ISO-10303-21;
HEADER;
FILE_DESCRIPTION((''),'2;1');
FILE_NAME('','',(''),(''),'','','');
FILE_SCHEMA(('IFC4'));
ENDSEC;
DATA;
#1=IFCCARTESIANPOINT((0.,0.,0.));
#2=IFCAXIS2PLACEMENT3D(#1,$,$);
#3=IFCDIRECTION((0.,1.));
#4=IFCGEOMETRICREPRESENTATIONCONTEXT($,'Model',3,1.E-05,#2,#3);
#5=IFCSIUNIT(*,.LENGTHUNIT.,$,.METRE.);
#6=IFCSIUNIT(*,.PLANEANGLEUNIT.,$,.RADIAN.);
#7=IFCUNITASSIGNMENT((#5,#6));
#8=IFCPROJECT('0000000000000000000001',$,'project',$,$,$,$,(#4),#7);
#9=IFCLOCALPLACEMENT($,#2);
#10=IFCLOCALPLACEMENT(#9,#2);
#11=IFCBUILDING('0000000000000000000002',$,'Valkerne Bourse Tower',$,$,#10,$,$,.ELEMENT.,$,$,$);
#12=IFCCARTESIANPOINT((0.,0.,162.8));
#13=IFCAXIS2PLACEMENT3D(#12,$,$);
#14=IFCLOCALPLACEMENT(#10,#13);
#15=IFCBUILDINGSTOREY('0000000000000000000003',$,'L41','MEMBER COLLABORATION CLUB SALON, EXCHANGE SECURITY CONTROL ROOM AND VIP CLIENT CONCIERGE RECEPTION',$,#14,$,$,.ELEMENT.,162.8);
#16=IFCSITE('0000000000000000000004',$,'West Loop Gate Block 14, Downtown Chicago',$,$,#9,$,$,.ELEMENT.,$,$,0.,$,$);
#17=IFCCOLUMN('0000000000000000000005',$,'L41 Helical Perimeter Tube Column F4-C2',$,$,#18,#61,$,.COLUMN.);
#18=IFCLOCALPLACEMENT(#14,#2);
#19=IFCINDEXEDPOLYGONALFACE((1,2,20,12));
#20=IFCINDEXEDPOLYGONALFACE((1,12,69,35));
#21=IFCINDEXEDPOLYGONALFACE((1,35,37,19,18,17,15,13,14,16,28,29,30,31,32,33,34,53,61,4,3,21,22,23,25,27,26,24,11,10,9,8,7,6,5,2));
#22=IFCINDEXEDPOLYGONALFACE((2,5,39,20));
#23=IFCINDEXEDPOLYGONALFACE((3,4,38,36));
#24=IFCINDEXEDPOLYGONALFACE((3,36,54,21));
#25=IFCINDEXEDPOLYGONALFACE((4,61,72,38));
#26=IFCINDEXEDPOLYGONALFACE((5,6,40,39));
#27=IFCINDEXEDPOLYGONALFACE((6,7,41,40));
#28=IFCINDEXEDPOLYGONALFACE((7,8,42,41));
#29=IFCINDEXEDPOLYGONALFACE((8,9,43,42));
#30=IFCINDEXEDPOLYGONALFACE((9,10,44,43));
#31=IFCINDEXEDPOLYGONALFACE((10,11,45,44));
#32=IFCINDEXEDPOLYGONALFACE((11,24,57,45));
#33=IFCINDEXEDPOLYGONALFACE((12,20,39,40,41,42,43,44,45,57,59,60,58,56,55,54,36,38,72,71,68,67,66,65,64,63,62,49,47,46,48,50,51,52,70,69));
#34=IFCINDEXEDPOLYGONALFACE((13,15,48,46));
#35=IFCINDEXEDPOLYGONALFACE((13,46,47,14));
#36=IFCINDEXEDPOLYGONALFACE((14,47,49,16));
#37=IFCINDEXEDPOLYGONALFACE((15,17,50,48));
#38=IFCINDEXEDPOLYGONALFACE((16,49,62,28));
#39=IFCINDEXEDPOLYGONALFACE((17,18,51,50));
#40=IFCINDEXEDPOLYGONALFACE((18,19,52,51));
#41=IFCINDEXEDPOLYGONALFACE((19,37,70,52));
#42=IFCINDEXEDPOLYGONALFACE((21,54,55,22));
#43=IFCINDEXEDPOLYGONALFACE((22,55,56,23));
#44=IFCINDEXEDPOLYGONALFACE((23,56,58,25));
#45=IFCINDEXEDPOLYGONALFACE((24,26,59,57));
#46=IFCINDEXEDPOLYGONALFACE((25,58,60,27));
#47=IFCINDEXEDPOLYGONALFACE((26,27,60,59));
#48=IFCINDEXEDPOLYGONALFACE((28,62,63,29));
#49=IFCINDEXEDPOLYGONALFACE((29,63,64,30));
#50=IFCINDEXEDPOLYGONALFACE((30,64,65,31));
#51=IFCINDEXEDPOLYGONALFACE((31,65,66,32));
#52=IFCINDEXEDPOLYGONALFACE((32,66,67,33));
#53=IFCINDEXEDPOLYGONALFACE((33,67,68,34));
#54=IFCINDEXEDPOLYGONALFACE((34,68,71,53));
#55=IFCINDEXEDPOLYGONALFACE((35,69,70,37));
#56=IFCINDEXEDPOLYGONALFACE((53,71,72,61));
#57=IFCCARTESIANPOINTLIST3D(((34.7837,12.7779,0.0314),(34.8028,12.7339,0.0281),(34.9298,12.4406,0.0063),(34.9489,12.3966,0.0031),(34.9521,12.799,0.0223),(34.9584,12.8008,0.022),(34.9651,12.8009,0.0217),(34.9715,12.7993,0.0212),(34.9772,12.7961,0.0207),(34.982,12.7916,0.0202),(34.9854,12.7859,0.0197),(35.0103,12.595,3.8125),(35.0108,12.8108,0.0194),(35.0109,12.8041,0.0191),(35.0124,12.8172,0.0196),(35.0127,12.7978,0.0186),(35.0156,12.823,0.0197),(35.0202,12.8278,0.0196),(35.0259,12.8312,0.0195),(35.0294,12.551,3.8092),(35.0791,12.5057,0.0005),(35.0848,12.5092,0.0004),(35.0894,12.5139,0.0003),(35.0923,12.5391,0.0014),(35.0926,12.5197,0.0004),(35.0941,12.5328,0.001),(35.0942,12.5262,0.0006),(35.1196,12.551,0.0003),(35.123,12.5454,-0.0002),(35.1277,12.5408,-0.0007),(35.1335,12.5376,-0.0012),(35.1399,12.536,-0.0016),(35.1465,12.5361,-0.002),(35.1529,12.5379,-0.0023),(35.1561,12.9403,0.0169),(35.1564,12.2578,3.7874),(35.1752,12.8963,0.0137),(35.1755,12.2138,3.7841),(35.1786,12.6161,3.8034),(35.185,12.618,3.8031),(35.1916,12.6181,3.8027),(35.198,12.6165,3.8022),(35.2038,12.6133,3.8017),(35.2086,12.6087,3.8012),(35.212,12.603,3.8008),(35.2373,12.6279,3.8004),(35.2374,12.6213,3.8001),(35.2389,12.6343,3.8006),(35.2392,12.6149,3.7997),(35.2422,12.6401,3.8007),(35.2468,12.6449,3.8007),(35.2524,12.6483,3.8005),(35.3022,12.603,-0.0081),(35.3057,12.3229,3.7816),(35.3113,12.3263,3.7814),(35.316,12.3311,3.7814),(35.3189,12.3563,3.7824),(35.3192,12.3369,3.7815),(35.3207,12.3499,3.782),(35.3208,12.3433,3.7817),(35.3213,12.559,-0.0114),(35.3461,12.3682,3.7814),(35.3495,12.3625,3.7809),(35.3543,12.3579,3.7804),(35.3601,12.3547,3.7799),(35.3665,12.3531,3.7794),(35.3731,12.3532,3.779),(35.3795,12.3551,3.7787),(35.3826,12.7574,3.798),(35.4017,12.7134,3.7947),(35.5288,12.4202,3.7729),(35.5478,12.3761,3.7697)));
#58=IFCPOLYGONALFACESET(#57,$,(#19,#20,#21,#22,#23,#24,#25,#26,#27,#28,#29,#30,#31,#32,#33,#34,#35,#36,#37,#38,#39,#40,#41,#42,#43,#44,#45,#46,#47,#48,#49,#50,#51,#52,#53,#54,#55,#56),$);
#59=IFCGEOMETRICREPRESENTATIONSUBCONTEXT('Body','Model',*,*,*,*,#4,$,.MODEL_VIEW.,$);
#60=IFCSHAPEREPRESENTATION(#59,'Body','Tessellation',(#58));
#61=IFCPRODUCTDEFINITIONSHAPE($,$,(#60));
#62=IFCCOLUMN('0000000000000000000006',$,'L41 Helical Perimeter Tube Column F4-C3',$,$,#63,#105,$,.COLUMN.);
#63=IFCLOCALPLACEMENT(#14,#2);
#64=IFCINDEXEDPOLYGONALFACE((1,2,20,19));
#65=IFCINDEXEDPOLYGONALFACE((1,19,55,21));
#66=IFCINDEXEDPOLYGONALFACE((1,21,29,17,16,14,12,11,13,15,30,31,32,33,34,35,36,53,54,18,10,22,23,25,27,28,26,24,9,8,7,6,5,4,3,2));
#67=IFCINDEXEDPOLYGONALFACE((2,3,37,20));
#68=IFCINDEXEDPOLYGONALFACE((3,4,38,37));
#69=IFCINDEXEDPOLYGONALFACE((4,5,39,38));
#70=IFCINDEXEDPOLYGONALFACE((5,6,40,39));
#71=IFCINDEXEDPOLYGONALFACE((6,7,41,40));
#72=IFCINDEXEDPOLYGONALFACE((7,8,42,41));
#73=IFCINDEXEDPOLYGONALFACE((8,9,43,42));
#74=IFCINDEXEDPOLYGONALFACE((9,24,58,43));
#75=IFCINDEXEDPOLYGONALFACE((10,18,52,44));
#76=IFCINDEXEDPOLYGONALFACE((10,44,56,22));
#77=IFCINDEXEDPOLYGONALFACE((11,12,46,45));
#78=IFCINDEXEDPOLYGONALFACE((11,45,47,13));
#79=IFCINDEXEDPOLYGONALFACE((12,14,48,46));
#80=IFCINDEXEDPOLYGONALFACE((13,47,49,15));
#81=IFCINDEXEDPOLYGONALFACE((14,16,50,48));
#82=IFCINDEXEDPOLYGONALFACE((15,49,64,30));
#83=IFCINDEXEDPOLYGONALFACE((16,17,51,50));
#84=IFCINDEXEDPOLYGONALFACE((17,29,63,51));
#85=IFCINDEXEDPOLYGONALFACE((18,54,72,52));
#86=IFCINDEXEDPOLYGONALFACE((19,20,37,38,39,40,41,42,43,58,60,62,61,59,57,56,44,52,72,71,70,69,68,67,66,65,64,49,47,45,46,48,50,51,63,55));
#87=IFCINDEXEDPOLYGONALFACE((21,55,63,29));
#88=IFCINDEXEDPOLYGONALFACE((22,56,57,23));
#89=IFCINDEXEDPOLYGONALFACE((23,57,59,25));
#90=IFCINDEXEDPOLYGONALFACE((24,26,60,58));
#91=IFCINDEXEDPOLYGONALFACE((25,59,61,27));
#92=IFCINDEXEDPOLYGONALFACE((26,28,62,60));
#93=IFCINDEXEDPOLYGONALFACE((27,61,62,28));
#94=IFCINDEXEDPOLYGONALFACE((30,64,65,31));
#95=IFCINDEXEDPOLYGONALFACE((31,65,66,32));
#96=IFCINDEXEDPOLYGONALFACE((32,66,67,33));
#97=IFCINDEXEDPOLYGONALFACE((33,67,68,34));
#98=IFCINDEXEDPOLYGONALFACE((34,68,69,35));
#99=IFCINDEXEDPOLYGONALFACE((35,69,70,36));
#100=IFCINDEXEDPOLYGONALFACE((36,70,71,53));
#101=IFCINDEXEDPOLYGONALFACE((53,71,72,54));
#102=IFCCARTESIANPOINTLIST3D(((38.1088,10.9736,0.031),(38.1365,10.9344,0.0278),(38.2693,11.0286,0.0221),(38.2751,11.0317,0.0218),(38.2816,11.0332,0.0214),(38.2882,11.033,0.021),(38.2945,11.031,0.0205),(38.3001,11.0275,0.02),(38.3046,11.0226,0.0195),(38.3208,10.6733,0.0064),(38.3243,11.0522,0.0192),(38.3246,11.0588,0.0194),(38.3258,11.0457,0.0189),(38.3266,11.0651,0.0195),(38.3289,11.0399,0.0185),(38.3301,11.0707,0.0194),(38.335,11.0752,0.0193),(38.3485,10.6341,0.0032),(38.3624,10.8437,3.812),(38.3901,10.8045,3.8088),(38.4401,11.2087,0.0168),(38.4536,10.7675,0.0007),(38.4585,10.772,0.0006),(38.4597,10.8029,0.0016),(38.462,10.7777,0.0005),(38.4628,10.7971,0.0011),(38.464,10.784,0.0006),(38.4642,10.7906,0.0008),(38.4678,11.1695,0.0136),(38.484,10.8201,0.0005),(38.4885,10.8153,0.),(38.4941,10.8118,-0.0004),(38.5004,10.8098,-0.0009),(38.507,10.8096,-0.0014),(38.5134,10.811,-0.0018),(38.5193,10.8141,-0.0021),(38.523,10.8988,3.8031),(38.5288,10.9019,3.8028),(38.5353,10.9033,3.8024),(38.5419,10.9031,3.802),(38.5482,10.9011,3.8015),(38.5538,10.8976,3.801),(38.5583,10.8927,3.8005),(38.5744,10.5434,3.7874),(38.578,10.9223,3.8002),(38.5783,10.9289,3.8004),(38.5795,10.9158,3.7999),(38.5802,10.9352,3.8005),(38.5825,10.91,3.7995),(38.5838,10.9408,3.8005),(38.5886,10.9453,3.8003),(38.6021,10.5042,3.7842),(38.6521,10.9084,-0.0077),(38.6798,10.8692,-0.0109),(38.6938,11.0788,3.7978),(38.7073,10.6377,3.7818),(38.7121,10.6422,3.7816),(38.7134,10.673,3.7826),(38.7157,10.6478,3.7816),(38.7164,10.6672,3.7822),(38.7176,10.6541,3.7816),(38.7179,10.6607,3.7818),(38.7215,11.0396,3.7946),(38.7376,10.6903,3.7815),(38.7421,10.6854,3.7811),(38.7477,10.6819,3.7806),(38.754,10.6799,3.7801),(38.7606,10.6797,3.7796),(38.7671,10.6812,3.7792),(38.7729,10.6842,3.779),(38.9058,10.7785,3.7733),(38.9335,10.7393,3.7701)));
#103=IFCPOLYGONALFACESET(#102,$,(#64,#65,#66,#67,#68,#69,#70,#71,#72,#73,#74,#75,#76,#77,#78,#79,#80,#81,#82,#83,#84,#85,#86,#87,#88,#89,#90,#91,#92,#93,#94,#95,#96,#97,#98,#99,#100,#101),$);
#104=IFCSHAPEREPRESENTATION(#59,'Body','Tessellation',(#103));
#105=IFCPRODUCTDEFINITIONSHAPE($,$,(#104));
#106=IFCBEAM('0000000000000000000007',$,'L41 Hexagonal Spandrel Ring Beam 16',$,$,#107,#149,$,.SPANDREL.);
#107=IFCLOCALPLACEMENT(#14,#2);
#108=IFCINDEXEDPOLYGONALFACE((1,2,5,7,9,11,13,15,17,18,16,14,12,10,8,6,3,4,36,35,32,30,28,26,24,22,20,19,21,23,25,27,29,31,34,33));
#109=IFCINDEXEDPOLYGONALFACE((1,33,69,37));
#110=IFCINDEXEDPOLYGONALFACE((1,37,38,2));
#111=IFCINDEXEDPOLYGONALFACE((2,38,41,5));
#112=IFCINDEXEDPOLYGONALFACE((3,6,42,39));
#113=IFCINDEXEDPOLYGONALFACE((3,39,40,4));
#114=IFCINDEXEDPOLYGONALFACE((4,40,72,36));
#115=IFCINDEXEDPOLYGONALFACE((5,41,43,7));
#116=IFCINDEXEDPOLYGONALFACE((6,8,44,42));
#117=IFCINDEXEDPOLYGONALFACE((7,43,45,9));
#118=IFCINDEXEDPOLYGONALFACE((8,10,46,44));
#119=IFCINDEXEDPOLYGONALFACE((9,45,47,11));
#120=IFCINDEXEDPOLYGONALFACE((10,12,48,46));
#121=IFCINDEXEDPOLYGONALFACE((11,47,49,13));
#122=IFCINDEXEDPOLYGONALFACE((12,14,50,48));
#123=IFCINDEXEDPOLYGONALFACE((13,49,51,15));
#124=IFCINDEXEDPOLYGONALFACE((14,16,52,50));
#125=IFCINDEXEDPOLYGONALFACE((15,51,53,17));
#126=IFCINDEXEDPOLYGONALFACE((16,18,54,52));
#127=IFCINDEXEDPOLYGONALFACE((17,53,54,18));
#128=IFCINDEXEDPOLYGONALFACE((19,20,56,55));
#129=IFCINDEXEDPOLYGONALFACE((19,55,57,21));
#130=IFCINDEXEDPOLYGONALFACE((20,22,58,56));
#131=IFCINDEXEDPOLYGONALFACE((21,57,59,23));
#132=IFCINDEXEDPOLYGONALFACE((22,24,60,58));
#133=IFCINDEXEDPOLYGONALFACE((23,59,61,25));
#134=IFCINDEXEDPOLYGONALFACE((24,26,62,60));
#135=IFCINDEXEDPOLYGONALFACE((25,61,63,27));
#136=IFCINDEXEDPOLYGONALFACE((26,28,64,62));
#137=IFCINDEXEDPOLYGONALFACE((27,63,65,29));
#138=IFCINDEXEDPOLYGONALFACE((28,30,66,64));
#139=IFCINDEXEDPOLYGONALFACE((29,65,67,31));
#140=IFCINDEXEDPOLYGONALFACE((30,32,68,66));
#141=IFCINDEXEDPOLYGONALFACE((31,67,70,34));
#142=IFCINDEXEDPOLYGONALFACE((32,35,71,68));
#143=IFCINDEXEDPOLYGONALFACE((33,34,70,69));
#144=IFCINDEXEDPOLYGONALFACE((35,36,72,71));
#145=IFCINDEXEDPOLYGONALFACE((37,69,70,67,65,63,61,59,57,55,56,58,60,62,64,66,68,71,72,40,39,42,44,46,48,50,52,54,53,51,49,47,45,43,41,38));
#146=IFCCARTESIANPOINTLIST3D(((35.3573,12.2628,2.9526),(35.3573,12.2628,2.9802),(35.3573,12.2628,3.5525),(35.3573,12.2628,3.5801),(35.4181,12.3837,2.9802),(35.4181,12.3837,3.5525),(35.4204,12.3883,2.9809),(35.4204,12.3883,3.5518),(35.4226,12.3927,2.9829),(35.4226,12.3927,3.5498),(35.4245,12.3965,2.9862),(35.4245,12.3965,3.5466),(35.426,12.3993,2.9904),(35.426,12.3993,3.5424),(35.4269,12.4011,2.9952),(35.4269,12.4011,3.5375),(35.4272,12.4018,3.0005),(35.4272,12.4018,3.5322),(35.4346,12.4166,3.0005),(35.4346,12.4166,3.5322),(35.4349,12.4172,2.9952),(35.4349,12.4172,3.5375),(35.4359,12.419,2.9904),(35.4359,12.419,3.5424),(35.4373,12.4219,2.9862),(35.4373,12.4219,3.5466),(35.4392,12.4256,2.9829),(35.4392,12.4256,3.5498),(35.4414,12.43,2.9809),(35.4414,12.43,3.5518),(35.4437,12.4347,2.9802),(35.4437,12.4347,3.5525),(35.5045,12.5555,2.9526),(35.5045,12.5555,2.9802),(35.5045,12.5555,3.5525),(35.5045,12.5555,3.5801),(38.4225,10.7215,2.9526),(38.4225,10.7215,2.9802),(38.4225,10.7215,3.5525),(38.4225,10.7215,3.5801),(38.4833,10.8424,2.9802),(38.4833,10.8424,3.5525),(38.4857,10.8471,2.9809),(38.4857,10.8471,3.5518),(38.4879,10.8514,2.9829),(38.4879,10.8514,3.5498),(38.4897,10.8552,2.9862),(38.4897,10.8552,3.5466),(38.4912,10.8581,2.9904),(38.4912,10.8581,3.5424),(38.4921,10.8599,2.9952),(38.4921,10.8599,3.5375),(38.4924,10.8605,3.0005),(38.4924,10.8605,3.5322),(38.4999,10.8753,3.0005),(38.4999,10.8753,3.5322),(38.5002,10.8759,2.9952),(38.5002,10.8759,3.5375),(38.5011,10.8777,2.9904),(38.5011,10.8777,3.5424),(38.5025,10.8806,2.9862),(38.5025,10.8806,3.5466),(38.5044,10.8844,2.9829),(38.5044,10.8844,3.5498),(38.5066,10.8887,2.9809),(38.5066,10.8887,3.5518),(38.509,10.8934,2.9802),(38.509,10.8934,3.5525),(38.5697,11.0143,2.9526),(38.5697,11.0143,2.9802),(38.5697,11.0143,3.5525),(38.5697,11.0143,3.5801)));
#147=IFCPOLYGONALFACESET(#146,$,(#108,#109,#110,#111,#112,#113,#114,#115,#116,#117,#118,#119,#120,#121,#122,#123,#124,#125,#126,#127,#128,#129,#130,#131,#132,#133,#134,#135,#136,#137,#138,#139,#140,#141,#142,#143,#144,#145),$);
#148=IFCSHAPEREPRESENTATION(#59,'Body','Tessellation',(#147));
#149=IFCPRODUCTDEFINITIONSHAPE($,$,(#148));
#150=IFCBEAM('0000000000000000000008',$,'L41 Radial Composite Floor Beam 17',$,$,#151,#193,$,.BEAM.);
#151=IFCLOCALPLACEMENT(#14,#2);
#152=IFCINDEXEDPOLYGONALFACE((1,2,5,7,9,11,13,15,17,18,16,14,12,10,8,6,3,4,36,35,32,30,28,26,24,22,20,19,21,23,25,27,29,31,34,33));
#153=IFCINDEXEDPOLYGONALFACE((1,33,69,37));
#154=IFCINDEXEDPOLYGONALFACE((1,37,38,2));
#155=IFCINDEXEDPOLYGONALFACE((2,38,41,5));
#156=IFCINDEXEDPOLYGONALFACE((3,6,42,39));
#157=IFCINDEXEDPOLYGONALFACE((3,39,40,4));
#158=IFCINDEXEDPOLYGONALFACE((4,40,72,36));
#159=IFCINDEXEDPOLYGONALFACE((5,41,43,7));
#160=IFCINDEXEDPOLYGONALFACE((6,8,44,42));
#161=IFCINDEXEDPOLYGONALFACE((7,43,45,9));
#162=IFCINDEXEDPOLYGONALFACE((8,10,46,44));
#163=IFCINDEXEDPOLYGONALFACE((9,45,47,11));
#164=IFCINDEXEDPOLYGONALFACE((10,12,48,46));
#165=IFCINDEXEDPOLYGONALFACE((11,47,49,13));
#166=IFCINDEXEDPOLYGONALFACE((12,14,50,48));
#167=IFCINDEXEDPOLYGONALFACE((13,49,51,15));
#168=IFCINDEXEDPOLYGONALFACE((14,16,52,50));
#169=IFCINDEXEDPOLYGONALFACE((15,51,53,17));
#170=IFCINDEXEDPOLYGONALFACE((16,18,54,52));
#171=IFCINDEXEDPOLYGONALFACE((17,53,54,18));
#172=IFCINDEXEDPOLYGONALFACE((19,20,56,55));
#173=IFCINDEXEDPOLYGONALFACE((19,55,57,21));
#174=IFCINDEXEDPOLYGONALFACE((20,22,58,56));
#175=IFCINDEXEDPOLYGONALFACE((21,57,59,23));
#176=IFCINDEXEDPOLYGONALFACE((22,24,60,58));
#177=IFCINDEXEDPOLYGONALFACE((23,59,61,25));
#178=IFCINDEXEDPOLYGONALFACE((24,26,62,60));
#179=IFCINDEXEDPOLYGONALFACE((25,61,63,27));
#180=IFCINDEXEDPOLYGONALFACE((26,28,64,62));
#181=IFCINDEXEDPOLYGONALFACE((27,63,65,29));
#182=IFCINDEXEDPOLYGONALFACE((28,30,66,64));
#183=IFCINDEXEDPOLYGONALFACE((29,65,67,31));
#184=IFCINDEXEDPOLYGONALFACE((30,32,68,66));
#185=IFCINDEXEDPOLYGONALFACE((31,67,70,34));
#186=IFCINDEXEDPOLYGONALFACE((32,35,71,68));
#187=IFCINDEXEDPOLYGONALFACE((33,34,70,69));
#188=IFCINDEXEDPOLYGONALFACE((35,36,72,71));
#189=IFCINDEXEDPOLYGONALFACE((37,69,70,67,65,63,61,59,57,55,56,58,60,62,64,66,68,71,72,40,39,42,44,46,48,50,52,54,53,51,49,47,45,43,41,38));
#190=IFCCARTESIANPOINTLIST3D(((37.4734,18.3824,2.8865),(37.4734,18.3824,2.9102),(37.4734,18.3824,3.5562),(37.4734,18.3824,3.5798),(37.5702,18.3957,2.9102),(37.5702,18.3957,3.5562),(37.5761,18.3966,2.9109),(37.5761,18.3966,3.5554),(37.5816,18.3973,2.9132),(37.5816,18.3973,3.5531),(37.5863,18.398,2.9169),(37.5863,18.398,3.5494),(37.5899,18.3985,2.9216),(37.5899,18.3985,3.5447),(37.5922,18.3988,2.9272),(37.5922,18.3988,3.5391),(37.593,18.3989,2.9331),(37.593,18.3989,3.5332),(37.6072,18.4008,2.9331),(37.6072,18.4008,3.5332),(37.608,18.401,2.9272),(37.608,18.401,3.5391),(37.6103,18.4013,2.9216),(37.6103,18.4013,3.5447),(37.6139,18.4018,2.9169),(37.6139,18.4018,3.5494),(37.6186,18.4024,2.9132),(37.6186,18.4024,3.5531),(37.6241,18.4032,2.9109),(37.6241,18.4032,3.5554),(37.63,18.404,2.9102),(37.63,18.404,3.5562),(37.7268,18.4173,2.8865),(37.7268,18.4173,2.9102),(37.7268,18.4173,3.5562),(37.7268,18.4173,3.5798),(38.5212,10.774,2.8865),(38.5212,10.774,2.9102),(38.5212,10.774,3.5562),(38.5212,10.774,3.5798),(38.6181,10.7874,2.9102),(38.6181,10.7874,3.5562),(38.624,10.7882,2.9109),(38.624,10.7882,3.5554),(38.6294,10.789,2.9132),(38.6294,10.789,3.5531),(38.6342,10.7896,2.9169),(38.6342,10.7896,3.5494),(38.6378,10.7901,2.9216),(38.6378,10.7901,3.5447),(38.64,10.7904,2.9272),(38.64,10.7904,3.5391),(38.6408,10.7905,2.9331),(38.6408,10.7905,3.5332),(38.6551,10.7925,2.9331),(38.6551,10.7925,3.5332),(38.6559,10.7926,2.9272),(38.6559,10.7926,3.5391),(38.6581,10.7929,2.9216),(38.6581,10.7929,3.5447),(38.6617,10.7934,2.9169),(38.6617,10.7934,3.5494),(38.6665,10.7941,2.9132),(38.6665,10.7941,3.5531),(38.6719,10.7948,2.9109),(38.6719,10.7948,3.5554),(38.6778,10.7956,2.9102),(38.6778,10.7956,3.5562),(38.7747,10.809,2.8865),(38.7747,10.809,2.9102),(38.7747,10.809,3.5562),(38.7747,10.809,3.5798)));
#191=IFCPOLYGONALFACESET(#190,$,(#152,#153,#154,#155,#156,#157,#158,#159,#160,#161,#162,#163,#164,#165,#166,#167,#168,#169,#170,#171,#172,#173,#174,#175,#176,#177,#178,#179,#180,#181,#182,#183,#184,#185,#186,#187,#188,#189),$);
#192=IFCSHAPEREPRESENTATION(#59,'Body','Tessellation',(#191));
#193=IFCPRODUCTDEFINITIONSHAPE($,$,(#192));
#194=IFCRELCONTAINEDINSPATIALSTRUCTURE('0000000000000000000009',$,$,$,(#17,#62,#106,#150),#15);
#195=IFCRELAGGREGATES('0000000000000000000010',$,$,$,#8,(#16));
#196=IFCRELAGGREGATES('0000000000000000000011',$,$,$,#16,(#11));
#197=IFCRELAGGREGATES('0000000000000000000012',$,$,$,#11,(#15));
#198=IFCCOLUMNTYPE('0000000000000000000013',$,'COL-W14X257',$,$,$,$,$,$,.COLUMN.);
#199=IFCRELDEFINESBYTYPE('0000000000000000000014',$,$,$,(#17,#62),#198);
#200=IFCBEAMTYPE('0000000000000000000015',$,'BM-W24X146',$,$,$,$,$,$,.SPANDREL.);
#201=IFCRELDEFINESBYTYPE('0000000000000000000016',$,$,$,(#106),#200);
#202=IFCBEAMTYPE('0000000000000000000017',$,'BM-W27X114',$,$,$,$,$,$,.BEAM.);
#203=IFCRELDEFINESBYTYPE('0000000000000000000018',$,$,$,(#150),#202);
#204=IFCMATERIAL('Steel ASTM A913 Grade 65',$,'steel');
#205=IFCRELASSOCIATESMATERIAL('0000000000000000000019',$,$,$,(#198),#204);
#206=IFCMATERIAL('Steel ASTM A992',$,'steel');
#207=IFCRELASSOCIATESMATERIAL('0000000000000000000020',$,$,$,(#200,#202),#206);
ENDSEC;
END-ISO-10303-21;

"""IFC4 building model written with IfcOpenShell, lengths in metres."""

from ifc_helpers import new_model, si_unit, direction, frame, origin, origin_2d, place, context, subcontext, project, spatial, i_section, extrude, material, material_profile, profile_set, type_object, element, save


model = new_model("IFC4")

# Units and contexts
model_context = context("Model", 3, precision=1e-05, world=origin(), true_north=direction((0.0, 1.0)))
body_context = subcontext(model_context, "Body", "Model", "MODEL_VIEW")
ifc_project = project(units=[si_unit("LENGTHUNIT", "METRE"), si_unit("PLANEANGLEUNIT", "RADIAN")], contexts=[model_context])

# Site, building, storey
site_placement = place(None, origin())
site = spatial("IfcSite", under=ifc_project, at=site_placement, Name="West Loop Gate Block 14, Downtown Chicago", CompositionType="ELEMENT", RefElevation=0.0)
building_placement = place(site_placement, origin())
building = spatial("IfcBuilding", under=site, at=building_placement, Name="Valkerne Bourse Tower", CompositionType="ELEMENT")
storey_placement = place(building_placement, frame((0.0, 0.0, 162.8)))
storey = spatial("IfcBuildingStorey", under=building, at=storey_placement, Name="L41", Description="MEMBER COLLABORATION CLUB SALON, EXCHANGE SECURITY CONTROL ROOM AND VIP CLIENT CONCIERGE RECEPTION", CompositionType="ELEMENT", Elevation=162.8)

# Columns
ifc_material_1 = material(Name="Steel ASTM A913 Grade 65", Category="steel")
ifc_material_profile_1 = material_profile(ifc_material_1, i_section(OverallWidth=0.4065, OverallDepth=0.4165, WebThickness=0.0298, FlangeThickness=0.0481, FilletRadius=0.0254, at=origin_2d()), Name="W14X257")
ifc_profile_set_1 = profile_set([ifc_material_profile_1], Name="Steel ASTM A913 Grade 65")
column_type = type_object("IfcColumnType", Name="COL-W14X257", PredefinedType="COLUMN", material=ifc_profile_set_1)
column_1_placement = place(storey_placement, frame((35.0525, 12.6685, 0.01), z_axis=(0.059744, -0.04822, 0.997048), x_axis=(0.916048, 0.399489, -0.03557)))
element("IfcColumn", 1, at=column_1_placement, inside=storey, type_object=column_type, Name="L41 Helical Perimeter Tube Column F4-C2", PredefinedType="COLUMN", context=body_context, shape_type="SweptSolid", body=[
    extrude(i_section(OverallWidth=0.4065, OverallDepth=0.4165, WebThickness=0.0298, FlangeThickness=0.0481, FilletRadius=0.0254, at=origin_2d()), origin(), (0.0, 0.0, 1.0), 3.7922),
])
column_2_placement = place(storey_placement, frame((38.3943, 10.9214, 0.01), z_axis=(0.066899, -0.034254, 0.997172), x_axis=(0.815111, 0.578258, -0.034821)))
element("IfcColumn", 2, at=column_2_placement, inside=storey, type_object=column_type, Name="L41 Helical Perimeter Tube Column F4-C3", PredefinedType="COLUMN", context=body_context, shape_type="SweptSolid", body=[
    extrude(i_section(OverallWidth=0.4065, OverallDepth=0.4165, WebThickness=0.0298, FlangeThickness=0.0481, FilletRadius=0.0254, at=origin_2d()), origin(), (0.0, 0.0, 1.0), 3.7917),
])

# Beams
ifc_material_2 = material(Name="Steel ASTM A992", Category="steel")
ifc_material_profile_2 = material_profile(ifc_material_2, i_section(OverallWidth=0.3276, OverallDepth=0.6274, WebThickness=0.0166, FlangeThickness=0.0276, FilletRadius=0.0203, at=origin_2d()), Name="W24X146")
ifc_profile_set_2 = profile_set([ifc_material_profile_2], Name="Steel ASTM A992")
beam_type_1 = type_object("IfcBeamType", Name="BM-W24X146", PredefinedType="SPANDREL", material=ifc_profile_set_2)
beam_1_placement = place(storey_placement, frame((35.4309, 12.4092, 3.2664), z_axis=(0.893414, -0.449233, 0.0), x_axis=(0.449233, 0.893414, 0.0)))
element("IfcBeam", 3, at=beam_1_placement, inside=storey, type_object=beam_type_1, Name="L41 Hexagonal Spandrel Ring Beam 16", PredefinedType="SPANDREL", context=body_context, shape_type="SweptSolid", body=[
    extrude(i_section(OverallWidth=0.3276, OverallDepth=0.6274, WebThickness=0.0166, FlangeThickness=0.0276, FilletRadius=0.0203, at=origin_2d()), origin(), (0.0, 0.0, 1.0), 3.4309),
])
ifc_material_profile_3 = material_profile(ifc_material_2, i_section(OverallWidth=0.2559, OverallDepth=0.6934, WebThickness=0.0144, FlangeThickness=0.0237, FilletRadius=0.0229, at=origin_2d()), Name="W27X114")
ifc_profile_set_3 = profile_set([ifc_material_profile_3], Name="Steel ASTM A992")
beam_type_2 = type_object("IfcBeamType", Name="BM-W27X114", PredefinedType="BEAM", material=ifc_profile_set_3)
beam_2_placement = place(storey_placement, frame((38.6479, 10.7915, 3.2332), z_axis=(-0.136435, 0.990649, 0.0), x_axis=(-0.990649, -0.136435, 0.0)))
element("IfcBeam", 4, at=beam_2_placement, inside=storey, type_object=beam_type_2, Name="L41 Radial Composite Floor Beam 17", PredefinedType="BEAM", context=body_context, shape_type="SweptSolid", body=[
    extrude(i_section(OverallWidth=0.2559, OverallDepth=0.6934, WebThickness=0.0144, FlangeThickness=0.0237, FilletRadius=0.0229, at=origin_2d()), origin(), (0.0, 0.0, 1.0), 7.6802),
])

save(model, "model.ifc")
